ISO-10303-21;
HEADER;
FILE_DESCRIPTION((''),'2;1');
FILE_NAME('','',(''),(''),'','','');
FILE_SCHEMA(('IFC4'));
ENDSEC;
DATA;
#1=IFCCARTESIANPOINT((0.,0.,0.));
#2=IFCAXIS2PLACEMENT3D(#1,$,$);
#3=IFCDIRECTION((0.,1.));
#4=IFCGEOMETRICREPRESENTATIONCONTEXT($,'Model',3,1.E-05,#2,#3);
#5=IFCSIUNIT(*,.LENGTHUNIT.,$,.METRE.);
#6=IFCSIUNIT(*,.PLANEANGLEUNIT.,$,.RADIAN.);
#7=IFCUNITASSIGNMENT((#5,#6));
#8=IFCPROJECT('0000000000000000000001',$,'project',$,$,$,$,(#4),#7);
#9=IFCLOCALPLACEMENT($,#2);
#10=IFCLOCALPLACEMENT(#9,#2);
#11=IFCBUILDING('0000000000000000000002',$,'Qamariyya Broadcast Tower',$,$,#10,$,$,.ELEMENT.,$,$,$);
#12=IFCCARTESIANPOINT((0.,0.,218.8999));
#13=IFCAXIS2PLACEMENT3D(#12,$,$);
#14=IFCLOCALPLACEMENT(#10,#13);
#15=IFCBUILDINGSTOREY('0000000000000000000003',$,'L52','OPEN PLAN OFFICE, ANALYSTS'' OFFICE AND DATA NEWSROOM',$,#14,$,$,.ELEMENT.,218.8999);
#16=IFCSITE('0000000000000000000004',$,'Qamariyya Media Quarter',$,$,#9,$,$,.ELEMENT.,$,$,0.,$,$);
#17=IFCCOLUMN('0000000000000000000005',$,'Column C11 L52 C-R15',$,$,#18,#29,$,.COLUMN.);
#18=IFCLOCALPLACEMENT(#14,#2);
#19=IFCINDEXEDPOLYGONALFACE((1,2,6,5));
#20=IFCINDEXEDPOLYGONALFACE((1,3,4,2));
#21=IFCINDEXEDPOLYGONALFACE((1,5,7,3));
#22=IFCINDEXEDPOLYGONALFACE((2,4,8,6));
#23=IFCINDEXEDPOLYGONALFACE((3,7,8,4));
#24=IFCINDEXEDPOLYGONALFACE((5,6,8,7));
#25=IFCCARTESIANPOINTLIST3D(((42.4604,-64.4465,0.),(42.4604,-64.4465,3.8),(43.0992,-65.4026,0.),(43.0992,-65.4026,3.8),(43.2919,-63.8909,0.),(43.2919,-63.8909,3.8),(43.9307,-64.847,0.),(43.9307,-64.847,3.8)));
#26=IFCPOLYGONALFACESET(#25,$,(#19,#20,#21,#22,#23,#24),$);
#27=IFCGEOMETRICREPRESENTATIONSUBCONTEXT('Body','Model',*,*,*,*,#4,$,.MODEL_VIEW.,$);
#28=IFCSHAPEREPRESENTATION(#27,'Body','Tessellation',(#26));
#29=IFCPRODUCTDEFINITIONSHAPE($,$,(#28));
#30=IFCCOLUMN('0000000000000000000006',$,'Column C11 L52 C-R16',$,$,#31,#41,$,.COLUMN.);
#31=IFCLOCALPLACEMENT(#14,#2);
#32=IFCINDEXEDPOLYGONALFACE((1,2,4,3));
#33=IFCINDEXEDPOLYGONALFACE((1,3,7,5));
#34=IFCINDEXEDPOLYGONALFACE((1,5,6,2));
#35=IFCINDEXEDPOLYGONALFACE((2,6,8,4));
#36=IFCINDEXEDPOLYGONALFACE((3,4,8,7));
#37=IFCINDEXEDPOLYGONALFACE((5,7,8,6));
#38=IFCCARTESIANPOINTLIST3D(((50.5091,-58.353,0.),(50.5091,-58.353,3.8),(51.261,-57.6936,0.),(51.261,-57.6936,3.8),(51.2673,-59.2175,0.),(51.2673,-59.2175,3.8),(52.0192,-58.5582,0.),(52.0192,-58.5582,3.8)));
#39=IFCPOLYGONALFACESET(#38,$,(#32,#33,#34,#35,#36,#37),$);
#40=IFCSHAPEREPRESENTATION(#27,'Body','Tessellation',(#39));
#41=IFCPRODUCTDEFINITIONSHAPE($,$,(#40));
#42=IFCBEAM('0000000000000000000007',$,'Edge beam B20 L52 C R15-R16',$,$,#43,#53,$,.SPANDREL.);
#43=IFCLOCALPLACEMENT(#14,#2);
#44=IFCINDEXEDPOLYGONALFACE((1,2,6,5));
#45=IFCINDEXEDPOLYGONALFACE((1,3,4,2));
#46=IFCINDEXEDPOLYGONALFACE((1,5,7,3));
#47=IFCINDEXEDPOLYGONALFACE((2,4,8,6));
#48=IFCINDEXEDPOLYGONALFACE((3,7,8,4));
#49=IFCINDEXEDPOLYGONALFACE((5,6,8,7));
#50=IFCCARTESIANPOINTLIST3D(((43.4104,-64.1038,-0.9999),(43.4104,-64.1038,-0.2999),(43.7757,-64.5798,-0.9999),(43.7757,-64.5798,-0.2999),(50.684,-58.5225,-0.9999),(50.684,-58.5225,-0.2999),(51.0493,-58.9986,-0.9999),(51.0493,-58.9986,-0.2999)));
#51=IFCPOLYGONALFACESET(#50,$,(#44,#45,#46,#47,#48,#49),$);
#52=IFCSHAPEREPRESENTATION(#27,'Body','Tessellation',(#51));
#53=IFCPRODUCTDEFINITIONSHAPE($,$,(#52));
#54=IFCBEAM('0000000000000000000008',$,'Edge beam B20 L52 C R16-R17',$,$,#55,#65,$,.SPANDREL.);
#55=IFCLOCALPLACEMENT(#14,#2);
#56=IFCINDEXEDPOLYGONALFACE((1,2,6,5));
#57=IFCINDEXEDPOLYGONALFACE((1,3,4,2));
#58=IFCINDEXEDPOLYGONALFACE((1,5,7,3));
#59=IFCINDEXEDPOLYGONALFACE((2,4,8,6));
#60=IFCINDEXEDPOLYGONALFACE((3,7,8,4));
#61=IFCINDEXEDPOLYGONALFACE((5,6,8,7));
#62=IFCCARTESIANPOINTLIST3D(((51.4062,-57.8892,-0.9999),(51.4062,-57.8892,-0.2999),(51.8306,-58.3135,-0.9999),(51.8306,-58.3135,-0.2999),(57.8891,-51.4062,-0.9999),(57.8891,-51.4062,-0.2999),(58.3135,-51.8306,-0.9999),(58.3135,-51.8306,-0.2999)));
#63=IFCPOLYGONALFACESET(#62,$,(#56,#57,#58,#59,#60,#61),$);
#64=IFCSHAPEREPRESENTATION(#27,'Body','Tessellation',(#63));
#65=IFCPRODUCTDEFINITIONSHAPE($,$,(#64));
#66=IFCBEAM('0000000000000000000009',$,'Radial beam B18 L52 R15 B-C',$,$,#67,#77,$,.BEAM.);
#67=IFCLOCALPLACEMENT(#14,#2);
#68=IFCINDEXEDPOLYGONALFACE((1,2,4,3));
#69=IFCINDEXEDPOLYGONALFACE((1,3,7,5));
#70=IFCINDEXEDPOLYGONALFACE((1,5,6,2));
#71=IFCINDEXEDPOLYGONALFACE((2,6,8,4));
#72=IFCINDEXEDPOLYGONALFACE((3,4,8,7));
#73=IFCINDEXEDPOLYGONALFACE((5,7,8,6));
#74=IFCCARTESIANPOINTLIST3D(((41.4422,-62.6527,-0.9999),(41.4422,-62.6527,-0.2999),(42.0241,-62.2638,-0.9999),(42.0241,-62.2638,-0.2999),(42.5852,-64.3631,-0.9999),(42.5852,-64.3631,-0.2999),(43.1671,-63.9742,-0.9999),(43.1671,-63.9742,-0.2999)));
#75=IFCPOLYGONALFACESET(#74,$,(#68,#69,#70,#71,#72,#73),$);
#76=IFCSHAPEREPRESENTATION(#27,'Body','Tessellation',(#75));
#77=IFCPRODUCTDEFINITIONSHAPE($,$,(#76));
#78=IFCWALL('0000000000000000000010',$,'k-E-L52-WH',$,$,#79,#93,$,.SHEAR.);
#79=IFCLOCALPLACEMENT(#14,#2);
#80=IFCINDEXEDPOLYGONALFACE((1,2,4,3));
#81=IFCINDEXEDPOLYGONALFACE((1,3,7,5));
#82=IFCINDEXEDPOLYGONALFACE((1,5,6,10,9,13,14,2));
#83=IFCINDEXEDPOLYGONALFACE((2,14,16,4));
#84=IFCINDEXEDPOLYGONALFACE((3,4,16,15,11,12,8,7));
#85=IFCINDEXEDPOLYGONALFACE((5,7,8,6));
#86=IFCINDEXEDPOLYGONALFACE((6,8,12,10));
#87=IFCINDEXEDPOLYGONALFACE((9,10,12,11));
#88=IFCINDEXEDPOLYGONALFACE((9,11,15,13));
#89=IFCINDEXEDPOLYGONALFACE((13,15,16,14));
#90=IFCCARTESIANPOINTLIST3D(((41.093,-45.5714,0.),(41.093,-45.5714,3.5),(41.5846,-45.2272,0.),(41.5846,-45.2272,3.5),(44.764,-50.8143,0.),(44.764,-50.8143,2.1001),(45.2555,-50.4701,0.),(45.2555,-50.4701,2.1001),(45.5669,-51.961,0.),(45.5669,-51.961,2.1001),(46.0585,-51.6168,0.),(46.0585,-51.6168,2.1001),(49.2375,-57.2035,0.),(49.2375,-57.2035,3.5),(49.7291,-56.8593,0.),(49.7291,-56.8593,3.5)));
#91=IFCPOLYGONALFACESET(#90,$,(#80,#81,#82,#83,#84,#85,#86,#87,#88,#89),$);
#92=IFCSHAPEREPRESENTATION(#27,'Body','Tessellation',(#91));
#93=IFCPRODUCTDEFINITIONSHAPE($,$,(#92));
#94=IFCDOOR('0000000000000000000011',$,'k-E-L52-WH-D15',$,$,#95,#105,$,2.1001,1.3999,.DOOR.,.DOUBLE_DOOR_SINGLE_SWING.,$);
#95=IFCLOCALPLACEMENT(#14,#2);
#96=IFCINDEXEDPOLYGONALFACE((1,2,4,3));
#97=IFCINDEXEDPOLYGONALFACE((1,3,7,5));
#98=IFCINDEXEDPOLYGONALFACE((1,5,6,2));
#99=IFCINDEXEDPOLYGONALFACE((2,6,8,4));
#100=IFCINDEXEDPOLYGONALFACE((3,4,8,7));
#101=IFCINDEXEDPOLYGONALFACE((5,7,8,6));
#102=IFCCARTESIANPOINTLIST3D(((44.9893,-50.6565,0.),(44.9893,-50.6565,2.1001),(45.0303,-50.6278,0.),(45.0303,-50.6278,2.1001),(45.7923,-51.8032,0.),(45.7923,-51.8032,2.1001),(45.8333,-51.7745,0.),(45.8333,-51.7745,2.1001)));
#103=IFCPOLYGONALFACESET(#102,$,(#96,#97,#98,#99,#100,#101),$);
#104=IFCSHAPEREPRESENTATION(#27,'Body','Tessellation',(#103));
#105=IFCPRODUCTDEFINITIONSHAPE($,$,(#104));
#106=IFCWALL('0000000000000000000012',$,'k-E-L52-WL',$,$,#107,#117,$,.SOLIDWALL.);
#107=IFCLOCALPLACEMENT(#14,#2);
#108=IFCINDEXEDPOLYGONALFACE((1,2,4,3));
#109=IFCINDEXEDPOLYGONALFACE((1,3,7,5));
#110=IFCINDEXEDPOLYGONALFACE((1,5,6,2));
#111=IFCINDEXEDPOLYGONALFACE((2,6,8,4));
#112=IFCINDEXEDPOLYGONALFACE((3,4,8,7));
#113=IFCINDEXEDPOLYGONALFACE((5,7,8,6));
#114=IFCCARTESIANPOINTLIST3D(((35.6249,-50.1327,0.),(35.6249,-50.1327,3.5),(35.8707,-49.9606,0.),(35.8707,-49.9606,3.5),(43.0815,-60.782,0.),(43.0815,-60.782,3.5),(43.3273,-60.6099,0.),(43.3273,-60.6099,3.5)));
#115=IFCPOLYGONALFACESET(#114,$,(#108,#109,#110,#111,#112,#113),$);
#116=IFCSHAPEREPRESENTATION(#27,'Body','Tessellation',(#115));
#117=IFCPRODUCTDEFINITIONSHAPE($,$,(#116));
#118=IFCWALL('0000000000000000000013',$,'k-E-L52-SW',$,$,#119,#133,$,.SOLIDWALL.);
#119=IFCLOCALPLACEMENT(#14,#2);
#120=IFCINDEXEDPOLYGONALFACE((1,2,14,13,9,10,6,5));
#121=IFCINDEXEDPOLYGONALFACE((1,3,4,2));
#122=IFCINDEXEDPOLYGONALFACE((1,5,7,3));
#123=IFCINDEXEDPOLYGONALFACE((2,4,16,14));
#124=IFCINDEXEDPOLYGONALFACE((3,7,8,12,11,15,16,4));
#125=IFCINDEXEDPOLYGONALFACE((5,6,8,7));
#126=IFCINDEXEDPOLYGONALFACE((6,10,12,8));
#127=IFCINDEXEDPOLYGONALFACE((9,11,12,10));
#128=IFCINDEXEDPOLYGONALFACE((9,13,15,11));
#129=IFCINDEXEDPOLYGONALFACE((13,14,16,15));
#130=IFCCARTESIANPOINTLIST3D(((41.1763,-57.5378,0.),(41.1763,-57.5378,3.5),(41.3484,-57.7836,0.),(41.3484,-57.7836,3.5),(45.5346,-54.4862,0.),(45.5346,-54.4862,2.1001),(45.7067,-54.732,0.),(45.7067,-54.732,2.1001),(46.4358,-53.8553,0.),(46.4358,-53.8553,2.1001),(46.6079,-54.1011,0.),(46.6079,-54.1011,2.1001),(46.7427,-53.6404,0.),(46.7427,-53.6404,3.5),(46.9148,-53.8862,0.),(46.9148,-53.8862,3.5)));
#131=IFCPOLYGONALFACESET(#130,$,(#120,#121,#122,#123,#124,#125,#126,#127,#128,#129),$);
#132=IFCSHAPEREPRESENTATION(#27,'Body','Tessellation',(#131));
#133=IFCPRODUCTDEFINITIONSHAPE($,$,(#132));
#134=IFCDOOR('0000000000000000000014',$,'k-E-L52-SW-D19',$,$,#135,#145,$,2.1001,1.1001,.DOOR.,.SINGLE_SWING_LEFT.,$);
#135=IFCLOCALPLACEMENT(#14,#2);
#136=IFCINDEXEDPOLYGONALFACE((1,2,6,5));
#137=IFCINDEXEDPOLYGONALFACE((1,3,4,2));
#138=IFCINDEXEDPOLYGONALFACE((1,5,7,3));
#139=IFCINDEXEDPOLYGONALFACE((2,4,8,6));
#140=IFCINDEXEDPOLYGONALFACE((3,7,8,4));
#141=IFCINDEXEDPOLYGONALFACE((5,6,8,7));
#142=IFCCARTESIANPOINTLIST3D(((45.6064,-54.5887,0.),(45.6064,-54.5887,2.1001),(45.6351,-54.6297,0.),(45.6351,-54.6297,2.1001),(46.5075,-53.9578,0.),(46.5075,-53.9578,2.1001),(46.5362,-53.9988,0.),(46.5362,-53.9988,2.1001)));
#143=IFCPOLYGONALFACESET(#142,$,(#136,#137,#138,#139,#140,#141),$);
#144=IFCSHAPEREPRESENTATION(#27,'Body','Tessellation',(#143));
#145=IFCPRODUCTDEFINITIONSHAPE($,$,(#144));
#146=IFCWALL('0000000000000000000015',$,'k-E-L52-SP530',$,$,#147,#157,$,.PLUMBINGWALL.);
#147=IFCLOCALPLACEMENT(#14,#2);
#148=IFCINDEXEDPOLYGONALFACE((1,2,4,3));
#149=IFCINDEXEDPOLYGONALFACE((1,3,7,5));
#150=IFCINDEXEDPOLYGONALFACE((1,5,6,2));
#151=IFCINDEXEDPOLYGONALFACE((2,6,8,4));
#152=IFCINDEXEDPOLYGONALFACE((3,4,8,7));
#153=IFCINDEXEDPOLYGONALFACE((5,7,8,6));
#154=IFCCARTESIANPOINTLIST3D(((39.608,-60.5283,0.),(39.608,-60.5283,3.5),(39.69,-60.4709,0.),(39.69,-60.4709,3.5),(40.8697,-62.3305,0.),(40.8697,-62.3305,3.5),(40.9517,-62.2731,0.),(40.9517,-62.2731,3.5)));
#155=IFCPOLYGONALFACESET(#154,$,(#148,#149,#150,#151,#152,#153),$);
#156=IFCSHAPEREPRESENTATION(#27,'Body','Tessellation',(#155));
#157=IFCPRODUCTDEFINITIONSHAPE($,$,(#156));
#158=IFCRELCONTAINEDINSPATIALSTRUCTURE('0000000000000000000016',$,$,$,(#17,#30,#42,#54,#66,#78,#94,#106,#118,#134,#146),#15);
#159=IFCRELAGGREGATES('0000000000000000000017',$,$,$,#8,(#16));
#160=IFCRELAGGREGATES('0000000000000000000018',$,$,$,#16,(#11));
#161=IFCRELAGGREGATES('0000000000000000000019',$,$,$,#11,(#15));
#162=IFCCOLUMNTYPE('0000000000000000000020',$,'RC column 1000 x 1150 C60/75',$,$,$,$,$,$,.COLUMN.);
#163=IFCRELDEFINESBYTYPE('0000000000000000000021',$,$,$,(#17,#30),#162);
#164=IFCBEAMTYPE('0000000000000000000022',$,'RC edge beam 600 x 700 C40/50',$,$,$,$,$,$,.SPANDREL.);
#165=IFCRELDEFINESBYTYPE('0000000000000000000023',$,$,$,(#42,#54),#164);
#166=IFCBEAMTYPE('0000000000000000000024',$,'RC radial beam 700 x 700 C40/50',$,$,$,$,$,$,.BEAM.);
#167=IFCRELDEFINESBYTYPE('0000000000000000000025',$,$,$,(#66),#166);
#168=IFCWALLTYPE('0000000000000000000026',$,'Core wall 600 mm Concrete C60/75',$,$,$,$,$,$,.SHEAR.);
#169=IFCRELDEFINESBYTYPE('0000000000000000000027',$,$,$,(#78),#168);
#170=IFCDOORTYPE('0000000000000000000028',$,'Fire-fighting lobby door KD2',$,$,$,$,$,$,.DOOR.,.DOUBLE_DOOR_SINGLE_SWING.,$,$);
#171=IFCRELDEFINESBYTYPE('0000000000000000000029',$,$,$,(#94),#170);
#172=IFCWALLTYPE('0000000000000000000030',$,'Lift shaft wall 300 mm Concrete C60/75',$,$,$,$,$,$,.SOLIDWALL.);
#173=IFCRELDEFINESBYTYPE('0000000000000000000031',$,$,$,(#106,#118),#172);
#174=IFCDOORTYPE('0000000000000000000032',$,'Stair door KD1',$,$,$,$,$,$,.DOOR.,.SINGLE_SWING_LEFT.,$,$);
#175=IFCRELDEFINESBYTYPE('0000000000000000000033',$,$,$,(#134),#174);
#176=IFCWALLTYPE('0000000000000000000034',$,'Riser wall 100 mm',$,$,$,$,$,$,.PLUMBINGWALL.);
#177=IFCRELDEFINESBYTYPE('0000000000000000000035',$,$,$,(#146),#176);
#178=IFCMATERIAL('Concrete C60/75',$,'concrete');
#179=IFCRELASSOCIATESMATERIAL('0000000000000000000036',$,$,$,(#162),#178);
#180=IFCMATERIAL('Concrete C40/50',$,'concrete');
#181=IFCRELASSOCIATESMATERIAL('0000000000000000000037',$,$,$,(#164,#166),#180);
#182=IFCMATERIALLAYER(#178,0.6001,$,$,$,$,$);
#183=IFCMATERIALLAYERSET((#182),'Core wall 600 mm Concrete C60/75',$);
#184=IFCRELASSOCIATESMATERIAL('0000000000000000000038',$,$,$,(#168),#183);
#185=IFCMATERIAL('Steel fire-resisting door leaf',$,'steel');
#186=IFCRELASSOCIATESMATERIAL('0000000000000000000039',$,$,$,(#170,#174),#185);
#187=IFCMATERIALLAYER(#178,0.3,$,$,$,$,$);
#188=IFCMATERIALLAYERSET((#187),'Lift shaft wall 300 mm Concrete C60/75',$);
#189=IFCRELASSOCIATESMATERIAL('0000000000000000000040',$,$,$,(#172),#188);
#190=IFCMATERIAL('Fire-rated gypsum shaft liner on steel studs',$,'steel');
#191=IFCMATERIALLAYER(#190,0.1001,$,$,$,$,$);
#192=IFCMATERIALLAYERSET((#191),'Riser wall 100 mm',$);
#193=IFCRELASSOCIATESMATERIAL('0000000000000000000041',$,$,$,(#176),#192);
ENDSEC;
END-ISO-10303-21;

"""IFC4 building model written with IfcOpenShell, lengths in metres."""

from ifc_helpers import new_model, si_unit, direction, frame, frame_2d, origin, origin_2d, place, context, subcontext, project, spatial, rectangle, extrude, material, layer, layer_set, material_profile, profile_set, type_object, element, fill, save


model = new_model("IFC4")

# Units and contexts
model_context = context("Model", 3, precision=1e-05, world=origin(), true_north=direction((0.0, 1.0)))
body_context = subcontext(model_context, "Body", "Model", "MODEL_VIEW")
ifc_project = project(units=[si_unit("LENGTHUNIT", "METRE"), si_unit("PLANEANGLEUNIT", "RADIAN")], contexts=[model_context])

# Site, building, storey
site_placement = place(None, origin())
site = spatial("IfcSite", under=ifc_project, at=site_placement, Name="Qamariyya Media Quarter", CompositionType="ELEMENT", RefElevation=0.0)
building_placement = place(site_placement, origin())
building = spatial("IfcBuilding", under=site, at=building_placement, Name="Qamariyya Broadcast Tower", CompositionType="ELEMENT")
storey_placement = place(building_placement, frame((0.0, 0.0, 218.8999)))
storey = spatial("IfcBuildingStorey", under=building, at=storey_placement, Name="L52", Description="OPEN PLAN OFFICE, ANALYSTS' OFFICE AND DATA NEWSROOM", CompositionType="ELEMENT", Elevation=218.8999)

# Columns
ifc_material_1 = material(Name="Concrete C60/75", Category="concrete")
ifc_material_profile_1 = material_profile(ifc_material_1, rectangle(XDim=1.0, YDim=1.1499, at=origin_2d()))
ifc_profile_set_1 = profile_set([ifc_material_profile_1], Name="Concrete C60/75")
column_type = type_object("IfcColumnType", Name="RC column 1000 x 1150 C60/75", PredefinedType="COLUMN", material=ifc_profile_set_1)
for number, where, z_axis, x_axis, name in (
    (1, (43.1956, -64.6467, 0.0), (0.0, 0.0, 1.0), (0.83147, 0.55557, 0.0), "Column C11 L52 C-R15"),
    (2, (51.2642, -58.4556, 0.0), (0.0, 0.0, 1.0), (0.75184, 0.659346, 0.0), "Column C11 L52 C-R16"),
):
    element("IfcColumn", number, at=place(storey_placement, frame(where, z_axis=z_axis, x_axis=x_axis)), inside=storey, type_object=column_type, Name=name, PredefinedType="COLUMN", context=body_context, shape_type="SweptSolid", body=[
        extrude(rectangle(XDim=1.0, YDim=1.1499, at=origin_2d()), origin(), (0.0, 0.0, 1.0), 3.8),
    ])

# Beams
ifc_material_2 = material(Name="Concrete C40/50", Category="concrete")
ifc_material_profile_2 = material_profile(ifc_material_2, rectangle(XDim=0.6001, YDim=0.7, at=origin_2d()))
ifc_profile_set_2 = profile_set([ifc_material_profile_2], Name="Concrete C40/50")
beam_type_1 = type_object("IfcBeamType", Name="RC edge beam 600 x 700 C40/50", PredefinedType="SPANDREL", material=ifc_profile_set_2)
for number, where, z_axis, x_axis, name in (
    (3, (43.593, -64.3418, -0.6499), (0.793353, 0.608762, 0.0), (-0.608762, 0.793353, 0.0), "Edge beam B20 L52 C R15-R16"),
    (4, (51.6184, -58.1013, -0.6499), (0.707107, 0.707107, 0.0), (-0.707107, 0.707107, 0.0), "Edge beam B20 L52 C R16-R17"),
):
    element("IfcBeam", number, at=place(storey_placement, frame(where, z_axis=z_axis, x_axis=x_axis)), inside=storey, type_object=beam_type_1, Name=name, PredefinedType="SPANDREL", context=body_context, shape_type="SweptSolid", body=[
        extrude(rectangle(XDim=0.6001, YDim=0.7, at=origin_2d()), origin(), (0.0, 0.0, 1.0), 9.1682),
    ])
ifc_material_profile_3 = material_profile(ifc_material_2, rectangle(XDim=0.7, YDim=0.7, at=origin_2d()))
ifc_profile_set_3 = profile_set([ifc_material_profile_3], Name="Concrete C40/50")
beam_type_2 = type_object("IfcBeamType", Name="RC radial beam 700 x 700 C40/50", PredefinedType="BEAM", material=ifc_profile_set_3)
beam_placement = place(storey_placement, frame((41.7332, -62.4583, -0.6499), z_axis=(0.555631, -0.831429, 0.0), x_axis=(0.831429, 0.555631, 0.0)))
element("IfcBeam", 5, at=beam_placement, inside=storey, type_object=beam_type_2, Name="Radial beam B18 L52 R15 B-C", PredefinedType="BEAM", context=body_context, shape_type="SweptSolid", body=[
    extrude(rectangle(XDim=0.7, YDim=0.7, at=origin_2d()), origin(), (0.0, 0.0, 1.0), 2.0571),
])

# Wall, opening, door
ifc_layer_1 = layer(ifc_material_1, 0.6001)
ifc_layer_set_1 = layer_set([ifc_layer_1], Name="Core wall 600 mm Concrete C60/75")
wall_type_1 = type_object("IfcWallType", Name="Core wall 600 mm Concrete C60/75", PredefinedType="SHEAR", material=ifc_layer_set_1)
wall_1_placement = place(storey_placement, frame((49.4834, -57.0315, 0.0), z_axis=(0.0, 0.0, 1.0), x_axis=(-0.57356, 0.819163, 0.0)))
wall_1 = element("IfcWall", 6, at=wall_1_placement, inside=storey, type_object=wall_type_1, Name="k-E-L52-WH", PredefinedType="SHEAR", context=body_context, shape_type="SweptSolid", body=[
    extrude(rectangle(XDim=14.2, YDim=0.6001, at=frame_2d((7.1001, 0.0))), origin(), (0.0, 0.0, 1.0), 3.5),
])
opening_1_placement = place(wall_1_placement, frame((6.3999, 0.0, 0.0)))
opening_1 = element("IfcOpeningElement", 7, at=opening_1_placement, cuts=wall_1, PredefinedType="OPENING", context=body_context, shape_type="SweptSolid", body=[
    extrude(rectangle(XDim=1.3999, YDim=2.1001, at=frame_2d((0.7, 1.05))), frame((0.0, 0.3101, 0.0), z_axis=(0.0, -1.0, 0.0), x_axis=(1.0, 0.0, 0.0)), (0.0, 0.0, 1.0), 0.6201),
])
ifc_material_3 = material(Name="Steel fire-resisting door leaf", Category="steel")
door_type_1 = type_object("IfcDoorType", Name="Fire-fighting lobby door KD2", OperationType="DOUBLE_DOOR_SINGLE_SWING", PredefinedType="DOOR", material=ifc_material_3)
door_1_placement = place(opening_1_placement, origin())
door_1 = element("IfcDoor", 8, at=door_1_placement, inside=storey, type_object=door_type_1, Name="k-E-L52-WH-D15", OperationType="DOUBLE_DOOR_SINGLE_SWING", OverallHeight=2.1001, OverallWidth=1.3999, PredefinedType="DOOR", context=body_context, shape_type="SweptSolid", body=[
    extrude(rectangle(XDim=1.3999, YDim=2.1001, at=frame_2d((0.7, 1.05))), frame((0.0, 0.0249, 0.0), z_axis=(0.0, -1.0, 0.0), x_axis=(1.0, 0.0, 0.0)), (0.0, 0.0, 1.0), 0.05),
])
fill(opening_1, door_1)

# Wall
ifc_layer_2 = layer(ifc_material_1, 0.3)
ifc_layer_set_2 = layer_set([ifc_layer_2], Name="Lift shaft wall 300 mm Concrete C60/75")
wall_type_2 = type_object("IfcWallType", Name="Lift shaft wall 300 mm Concrete C60/75", PredefinedType="SOLIDWALL", material=ifc_layer_set_2)
wall_2_placement = place(storey_placement, frame((43.2043, -60.6958, 0.0), z_axis=(0.0, 0.0, 1.0), x_axis=(-0.573572, 0.819155, 0.0)))
element("IfcWall", 9, at=wall_2_placement, inside=storey, type_object=wall_type_2, Name="k-E-L52-WL", PredefinedType="SOLIDWALL", context=body_context, shape_type="SweptSolid", body=[
    extrude(rectangle(XDim=13.0002, YDim=0.3, at=frame_2d((6.5, 0.0))), origin(), (0.0, 0.0, 1.0), 3.5),
])

# Wall, opening, door
wall_3_placement = place(storey_placement, frame((41.2625, -57.6606, 0.0), z_axis=(0.0, 0.0, 1.0), x_axis=(0.819164, 0.573559, 0.0)))
wall_3 = element("IfcWall", 10, at=wall_3_placement, inside=storey, type_object=wall_type_2, Name="k-E-L52-SW", PredefinedType="SOLIDWALL", context=body_context, shape_type="SweptSolid", body=[
    extrude(rectangle(XDim=6.7952, YDim=0.3, at=frame_2d((3.3975, 0.0))), origin(), (0.0, 0.0, 1.0), 3.5),
])
opening_2_placement = place(wall_3_placement, frame((5.3203, 0.0, 0.0)))
opening_2 = element("IfcOpeningElement", 11, at=opening_2_placement, cuts=wall_3, PredefinedType="OPENING", context=body_context, shape_type="SweptSolid", body=[
    extrude(rectangle(XDim=1.1001, YDim=2.1001, at=frame_2d((0.55, 1.05))), frame((0.0, 0.1599, 0.0), z_axis=(0.0, -1.0, 0.0), x_axis=(1.0, 0.0, 0.0)), (0.0, 0.0, 1.0), 0.3201),
])
door_type_2 = type_object("IfcDoorType", Name="Stair door KD1", OperationType="SINGLE_SWING_LEFT", PredefinedType="DOOR", material=ifc_material_3)
door_2_placement = place(opening_2_placement, origin())
door_2 = element("IfcDoor", 12, at=door_2_placement, inside=storey, type_object=door_type_2, Name="k-E-L52-SW-D19", OperationType="SINGLE_SWING_LEFT", OverallHeight=2.1001, OverallWidth=1.1001, PredefinedType="DOOR", context=body_context, shape_type="SweptSolid", body=[
    extrude(rectangle(XDim=1.1001, YDim=2.1001, at=frame_2d((0.55, 1.05))), frame((0.0, 0.0249, 0.0), z_axis=(0.0, -1.0, 0.0), x_axis=(1.0, 0.0, 0.0)), (0.0, 0.0, 1.0), 0.05),
])
fill(opening_2, door_2)

# Wall
ifc_material_4 = material(Name="Fire-rated gypsum shaft liner on steel studs", Category="steel")
ifc_layer_3 = layer(ifc_material_4, 0.1001)
ifc_layer_set_3 = layer_set([ifc_layer_3], Name="Riser wall 100 mm")
wall_type_3 = type_object("IfcWallType", Name="Riser wall 100 mm", PredefinedType="PLUMBINGWALL", material=ifc_layer_set_3)
wall_4_placement = place(storey_placement, frame((39.6489, -60.4995, 0.0), z_axis=(0.0, 0.0, 1.0), x_axis=(0.573507, -0.819201, 0.0)))
element("IfcWall", 13, at=wall_4_placement, inside=storey, type_object=wall_type_3, Name="k-E-L52-SP530", PredefinedType="PLUMBINGWALL", context=body_context, shape_type="SweptSolid", body=[
    extrude(rectangle(XDim=2.2, YDim=0.1001, at=frame_2d((1.1001, 0.0))), origin(), (0.0, 0.0, 1.0), 3.5),
])

save(model, "model.ifc")
